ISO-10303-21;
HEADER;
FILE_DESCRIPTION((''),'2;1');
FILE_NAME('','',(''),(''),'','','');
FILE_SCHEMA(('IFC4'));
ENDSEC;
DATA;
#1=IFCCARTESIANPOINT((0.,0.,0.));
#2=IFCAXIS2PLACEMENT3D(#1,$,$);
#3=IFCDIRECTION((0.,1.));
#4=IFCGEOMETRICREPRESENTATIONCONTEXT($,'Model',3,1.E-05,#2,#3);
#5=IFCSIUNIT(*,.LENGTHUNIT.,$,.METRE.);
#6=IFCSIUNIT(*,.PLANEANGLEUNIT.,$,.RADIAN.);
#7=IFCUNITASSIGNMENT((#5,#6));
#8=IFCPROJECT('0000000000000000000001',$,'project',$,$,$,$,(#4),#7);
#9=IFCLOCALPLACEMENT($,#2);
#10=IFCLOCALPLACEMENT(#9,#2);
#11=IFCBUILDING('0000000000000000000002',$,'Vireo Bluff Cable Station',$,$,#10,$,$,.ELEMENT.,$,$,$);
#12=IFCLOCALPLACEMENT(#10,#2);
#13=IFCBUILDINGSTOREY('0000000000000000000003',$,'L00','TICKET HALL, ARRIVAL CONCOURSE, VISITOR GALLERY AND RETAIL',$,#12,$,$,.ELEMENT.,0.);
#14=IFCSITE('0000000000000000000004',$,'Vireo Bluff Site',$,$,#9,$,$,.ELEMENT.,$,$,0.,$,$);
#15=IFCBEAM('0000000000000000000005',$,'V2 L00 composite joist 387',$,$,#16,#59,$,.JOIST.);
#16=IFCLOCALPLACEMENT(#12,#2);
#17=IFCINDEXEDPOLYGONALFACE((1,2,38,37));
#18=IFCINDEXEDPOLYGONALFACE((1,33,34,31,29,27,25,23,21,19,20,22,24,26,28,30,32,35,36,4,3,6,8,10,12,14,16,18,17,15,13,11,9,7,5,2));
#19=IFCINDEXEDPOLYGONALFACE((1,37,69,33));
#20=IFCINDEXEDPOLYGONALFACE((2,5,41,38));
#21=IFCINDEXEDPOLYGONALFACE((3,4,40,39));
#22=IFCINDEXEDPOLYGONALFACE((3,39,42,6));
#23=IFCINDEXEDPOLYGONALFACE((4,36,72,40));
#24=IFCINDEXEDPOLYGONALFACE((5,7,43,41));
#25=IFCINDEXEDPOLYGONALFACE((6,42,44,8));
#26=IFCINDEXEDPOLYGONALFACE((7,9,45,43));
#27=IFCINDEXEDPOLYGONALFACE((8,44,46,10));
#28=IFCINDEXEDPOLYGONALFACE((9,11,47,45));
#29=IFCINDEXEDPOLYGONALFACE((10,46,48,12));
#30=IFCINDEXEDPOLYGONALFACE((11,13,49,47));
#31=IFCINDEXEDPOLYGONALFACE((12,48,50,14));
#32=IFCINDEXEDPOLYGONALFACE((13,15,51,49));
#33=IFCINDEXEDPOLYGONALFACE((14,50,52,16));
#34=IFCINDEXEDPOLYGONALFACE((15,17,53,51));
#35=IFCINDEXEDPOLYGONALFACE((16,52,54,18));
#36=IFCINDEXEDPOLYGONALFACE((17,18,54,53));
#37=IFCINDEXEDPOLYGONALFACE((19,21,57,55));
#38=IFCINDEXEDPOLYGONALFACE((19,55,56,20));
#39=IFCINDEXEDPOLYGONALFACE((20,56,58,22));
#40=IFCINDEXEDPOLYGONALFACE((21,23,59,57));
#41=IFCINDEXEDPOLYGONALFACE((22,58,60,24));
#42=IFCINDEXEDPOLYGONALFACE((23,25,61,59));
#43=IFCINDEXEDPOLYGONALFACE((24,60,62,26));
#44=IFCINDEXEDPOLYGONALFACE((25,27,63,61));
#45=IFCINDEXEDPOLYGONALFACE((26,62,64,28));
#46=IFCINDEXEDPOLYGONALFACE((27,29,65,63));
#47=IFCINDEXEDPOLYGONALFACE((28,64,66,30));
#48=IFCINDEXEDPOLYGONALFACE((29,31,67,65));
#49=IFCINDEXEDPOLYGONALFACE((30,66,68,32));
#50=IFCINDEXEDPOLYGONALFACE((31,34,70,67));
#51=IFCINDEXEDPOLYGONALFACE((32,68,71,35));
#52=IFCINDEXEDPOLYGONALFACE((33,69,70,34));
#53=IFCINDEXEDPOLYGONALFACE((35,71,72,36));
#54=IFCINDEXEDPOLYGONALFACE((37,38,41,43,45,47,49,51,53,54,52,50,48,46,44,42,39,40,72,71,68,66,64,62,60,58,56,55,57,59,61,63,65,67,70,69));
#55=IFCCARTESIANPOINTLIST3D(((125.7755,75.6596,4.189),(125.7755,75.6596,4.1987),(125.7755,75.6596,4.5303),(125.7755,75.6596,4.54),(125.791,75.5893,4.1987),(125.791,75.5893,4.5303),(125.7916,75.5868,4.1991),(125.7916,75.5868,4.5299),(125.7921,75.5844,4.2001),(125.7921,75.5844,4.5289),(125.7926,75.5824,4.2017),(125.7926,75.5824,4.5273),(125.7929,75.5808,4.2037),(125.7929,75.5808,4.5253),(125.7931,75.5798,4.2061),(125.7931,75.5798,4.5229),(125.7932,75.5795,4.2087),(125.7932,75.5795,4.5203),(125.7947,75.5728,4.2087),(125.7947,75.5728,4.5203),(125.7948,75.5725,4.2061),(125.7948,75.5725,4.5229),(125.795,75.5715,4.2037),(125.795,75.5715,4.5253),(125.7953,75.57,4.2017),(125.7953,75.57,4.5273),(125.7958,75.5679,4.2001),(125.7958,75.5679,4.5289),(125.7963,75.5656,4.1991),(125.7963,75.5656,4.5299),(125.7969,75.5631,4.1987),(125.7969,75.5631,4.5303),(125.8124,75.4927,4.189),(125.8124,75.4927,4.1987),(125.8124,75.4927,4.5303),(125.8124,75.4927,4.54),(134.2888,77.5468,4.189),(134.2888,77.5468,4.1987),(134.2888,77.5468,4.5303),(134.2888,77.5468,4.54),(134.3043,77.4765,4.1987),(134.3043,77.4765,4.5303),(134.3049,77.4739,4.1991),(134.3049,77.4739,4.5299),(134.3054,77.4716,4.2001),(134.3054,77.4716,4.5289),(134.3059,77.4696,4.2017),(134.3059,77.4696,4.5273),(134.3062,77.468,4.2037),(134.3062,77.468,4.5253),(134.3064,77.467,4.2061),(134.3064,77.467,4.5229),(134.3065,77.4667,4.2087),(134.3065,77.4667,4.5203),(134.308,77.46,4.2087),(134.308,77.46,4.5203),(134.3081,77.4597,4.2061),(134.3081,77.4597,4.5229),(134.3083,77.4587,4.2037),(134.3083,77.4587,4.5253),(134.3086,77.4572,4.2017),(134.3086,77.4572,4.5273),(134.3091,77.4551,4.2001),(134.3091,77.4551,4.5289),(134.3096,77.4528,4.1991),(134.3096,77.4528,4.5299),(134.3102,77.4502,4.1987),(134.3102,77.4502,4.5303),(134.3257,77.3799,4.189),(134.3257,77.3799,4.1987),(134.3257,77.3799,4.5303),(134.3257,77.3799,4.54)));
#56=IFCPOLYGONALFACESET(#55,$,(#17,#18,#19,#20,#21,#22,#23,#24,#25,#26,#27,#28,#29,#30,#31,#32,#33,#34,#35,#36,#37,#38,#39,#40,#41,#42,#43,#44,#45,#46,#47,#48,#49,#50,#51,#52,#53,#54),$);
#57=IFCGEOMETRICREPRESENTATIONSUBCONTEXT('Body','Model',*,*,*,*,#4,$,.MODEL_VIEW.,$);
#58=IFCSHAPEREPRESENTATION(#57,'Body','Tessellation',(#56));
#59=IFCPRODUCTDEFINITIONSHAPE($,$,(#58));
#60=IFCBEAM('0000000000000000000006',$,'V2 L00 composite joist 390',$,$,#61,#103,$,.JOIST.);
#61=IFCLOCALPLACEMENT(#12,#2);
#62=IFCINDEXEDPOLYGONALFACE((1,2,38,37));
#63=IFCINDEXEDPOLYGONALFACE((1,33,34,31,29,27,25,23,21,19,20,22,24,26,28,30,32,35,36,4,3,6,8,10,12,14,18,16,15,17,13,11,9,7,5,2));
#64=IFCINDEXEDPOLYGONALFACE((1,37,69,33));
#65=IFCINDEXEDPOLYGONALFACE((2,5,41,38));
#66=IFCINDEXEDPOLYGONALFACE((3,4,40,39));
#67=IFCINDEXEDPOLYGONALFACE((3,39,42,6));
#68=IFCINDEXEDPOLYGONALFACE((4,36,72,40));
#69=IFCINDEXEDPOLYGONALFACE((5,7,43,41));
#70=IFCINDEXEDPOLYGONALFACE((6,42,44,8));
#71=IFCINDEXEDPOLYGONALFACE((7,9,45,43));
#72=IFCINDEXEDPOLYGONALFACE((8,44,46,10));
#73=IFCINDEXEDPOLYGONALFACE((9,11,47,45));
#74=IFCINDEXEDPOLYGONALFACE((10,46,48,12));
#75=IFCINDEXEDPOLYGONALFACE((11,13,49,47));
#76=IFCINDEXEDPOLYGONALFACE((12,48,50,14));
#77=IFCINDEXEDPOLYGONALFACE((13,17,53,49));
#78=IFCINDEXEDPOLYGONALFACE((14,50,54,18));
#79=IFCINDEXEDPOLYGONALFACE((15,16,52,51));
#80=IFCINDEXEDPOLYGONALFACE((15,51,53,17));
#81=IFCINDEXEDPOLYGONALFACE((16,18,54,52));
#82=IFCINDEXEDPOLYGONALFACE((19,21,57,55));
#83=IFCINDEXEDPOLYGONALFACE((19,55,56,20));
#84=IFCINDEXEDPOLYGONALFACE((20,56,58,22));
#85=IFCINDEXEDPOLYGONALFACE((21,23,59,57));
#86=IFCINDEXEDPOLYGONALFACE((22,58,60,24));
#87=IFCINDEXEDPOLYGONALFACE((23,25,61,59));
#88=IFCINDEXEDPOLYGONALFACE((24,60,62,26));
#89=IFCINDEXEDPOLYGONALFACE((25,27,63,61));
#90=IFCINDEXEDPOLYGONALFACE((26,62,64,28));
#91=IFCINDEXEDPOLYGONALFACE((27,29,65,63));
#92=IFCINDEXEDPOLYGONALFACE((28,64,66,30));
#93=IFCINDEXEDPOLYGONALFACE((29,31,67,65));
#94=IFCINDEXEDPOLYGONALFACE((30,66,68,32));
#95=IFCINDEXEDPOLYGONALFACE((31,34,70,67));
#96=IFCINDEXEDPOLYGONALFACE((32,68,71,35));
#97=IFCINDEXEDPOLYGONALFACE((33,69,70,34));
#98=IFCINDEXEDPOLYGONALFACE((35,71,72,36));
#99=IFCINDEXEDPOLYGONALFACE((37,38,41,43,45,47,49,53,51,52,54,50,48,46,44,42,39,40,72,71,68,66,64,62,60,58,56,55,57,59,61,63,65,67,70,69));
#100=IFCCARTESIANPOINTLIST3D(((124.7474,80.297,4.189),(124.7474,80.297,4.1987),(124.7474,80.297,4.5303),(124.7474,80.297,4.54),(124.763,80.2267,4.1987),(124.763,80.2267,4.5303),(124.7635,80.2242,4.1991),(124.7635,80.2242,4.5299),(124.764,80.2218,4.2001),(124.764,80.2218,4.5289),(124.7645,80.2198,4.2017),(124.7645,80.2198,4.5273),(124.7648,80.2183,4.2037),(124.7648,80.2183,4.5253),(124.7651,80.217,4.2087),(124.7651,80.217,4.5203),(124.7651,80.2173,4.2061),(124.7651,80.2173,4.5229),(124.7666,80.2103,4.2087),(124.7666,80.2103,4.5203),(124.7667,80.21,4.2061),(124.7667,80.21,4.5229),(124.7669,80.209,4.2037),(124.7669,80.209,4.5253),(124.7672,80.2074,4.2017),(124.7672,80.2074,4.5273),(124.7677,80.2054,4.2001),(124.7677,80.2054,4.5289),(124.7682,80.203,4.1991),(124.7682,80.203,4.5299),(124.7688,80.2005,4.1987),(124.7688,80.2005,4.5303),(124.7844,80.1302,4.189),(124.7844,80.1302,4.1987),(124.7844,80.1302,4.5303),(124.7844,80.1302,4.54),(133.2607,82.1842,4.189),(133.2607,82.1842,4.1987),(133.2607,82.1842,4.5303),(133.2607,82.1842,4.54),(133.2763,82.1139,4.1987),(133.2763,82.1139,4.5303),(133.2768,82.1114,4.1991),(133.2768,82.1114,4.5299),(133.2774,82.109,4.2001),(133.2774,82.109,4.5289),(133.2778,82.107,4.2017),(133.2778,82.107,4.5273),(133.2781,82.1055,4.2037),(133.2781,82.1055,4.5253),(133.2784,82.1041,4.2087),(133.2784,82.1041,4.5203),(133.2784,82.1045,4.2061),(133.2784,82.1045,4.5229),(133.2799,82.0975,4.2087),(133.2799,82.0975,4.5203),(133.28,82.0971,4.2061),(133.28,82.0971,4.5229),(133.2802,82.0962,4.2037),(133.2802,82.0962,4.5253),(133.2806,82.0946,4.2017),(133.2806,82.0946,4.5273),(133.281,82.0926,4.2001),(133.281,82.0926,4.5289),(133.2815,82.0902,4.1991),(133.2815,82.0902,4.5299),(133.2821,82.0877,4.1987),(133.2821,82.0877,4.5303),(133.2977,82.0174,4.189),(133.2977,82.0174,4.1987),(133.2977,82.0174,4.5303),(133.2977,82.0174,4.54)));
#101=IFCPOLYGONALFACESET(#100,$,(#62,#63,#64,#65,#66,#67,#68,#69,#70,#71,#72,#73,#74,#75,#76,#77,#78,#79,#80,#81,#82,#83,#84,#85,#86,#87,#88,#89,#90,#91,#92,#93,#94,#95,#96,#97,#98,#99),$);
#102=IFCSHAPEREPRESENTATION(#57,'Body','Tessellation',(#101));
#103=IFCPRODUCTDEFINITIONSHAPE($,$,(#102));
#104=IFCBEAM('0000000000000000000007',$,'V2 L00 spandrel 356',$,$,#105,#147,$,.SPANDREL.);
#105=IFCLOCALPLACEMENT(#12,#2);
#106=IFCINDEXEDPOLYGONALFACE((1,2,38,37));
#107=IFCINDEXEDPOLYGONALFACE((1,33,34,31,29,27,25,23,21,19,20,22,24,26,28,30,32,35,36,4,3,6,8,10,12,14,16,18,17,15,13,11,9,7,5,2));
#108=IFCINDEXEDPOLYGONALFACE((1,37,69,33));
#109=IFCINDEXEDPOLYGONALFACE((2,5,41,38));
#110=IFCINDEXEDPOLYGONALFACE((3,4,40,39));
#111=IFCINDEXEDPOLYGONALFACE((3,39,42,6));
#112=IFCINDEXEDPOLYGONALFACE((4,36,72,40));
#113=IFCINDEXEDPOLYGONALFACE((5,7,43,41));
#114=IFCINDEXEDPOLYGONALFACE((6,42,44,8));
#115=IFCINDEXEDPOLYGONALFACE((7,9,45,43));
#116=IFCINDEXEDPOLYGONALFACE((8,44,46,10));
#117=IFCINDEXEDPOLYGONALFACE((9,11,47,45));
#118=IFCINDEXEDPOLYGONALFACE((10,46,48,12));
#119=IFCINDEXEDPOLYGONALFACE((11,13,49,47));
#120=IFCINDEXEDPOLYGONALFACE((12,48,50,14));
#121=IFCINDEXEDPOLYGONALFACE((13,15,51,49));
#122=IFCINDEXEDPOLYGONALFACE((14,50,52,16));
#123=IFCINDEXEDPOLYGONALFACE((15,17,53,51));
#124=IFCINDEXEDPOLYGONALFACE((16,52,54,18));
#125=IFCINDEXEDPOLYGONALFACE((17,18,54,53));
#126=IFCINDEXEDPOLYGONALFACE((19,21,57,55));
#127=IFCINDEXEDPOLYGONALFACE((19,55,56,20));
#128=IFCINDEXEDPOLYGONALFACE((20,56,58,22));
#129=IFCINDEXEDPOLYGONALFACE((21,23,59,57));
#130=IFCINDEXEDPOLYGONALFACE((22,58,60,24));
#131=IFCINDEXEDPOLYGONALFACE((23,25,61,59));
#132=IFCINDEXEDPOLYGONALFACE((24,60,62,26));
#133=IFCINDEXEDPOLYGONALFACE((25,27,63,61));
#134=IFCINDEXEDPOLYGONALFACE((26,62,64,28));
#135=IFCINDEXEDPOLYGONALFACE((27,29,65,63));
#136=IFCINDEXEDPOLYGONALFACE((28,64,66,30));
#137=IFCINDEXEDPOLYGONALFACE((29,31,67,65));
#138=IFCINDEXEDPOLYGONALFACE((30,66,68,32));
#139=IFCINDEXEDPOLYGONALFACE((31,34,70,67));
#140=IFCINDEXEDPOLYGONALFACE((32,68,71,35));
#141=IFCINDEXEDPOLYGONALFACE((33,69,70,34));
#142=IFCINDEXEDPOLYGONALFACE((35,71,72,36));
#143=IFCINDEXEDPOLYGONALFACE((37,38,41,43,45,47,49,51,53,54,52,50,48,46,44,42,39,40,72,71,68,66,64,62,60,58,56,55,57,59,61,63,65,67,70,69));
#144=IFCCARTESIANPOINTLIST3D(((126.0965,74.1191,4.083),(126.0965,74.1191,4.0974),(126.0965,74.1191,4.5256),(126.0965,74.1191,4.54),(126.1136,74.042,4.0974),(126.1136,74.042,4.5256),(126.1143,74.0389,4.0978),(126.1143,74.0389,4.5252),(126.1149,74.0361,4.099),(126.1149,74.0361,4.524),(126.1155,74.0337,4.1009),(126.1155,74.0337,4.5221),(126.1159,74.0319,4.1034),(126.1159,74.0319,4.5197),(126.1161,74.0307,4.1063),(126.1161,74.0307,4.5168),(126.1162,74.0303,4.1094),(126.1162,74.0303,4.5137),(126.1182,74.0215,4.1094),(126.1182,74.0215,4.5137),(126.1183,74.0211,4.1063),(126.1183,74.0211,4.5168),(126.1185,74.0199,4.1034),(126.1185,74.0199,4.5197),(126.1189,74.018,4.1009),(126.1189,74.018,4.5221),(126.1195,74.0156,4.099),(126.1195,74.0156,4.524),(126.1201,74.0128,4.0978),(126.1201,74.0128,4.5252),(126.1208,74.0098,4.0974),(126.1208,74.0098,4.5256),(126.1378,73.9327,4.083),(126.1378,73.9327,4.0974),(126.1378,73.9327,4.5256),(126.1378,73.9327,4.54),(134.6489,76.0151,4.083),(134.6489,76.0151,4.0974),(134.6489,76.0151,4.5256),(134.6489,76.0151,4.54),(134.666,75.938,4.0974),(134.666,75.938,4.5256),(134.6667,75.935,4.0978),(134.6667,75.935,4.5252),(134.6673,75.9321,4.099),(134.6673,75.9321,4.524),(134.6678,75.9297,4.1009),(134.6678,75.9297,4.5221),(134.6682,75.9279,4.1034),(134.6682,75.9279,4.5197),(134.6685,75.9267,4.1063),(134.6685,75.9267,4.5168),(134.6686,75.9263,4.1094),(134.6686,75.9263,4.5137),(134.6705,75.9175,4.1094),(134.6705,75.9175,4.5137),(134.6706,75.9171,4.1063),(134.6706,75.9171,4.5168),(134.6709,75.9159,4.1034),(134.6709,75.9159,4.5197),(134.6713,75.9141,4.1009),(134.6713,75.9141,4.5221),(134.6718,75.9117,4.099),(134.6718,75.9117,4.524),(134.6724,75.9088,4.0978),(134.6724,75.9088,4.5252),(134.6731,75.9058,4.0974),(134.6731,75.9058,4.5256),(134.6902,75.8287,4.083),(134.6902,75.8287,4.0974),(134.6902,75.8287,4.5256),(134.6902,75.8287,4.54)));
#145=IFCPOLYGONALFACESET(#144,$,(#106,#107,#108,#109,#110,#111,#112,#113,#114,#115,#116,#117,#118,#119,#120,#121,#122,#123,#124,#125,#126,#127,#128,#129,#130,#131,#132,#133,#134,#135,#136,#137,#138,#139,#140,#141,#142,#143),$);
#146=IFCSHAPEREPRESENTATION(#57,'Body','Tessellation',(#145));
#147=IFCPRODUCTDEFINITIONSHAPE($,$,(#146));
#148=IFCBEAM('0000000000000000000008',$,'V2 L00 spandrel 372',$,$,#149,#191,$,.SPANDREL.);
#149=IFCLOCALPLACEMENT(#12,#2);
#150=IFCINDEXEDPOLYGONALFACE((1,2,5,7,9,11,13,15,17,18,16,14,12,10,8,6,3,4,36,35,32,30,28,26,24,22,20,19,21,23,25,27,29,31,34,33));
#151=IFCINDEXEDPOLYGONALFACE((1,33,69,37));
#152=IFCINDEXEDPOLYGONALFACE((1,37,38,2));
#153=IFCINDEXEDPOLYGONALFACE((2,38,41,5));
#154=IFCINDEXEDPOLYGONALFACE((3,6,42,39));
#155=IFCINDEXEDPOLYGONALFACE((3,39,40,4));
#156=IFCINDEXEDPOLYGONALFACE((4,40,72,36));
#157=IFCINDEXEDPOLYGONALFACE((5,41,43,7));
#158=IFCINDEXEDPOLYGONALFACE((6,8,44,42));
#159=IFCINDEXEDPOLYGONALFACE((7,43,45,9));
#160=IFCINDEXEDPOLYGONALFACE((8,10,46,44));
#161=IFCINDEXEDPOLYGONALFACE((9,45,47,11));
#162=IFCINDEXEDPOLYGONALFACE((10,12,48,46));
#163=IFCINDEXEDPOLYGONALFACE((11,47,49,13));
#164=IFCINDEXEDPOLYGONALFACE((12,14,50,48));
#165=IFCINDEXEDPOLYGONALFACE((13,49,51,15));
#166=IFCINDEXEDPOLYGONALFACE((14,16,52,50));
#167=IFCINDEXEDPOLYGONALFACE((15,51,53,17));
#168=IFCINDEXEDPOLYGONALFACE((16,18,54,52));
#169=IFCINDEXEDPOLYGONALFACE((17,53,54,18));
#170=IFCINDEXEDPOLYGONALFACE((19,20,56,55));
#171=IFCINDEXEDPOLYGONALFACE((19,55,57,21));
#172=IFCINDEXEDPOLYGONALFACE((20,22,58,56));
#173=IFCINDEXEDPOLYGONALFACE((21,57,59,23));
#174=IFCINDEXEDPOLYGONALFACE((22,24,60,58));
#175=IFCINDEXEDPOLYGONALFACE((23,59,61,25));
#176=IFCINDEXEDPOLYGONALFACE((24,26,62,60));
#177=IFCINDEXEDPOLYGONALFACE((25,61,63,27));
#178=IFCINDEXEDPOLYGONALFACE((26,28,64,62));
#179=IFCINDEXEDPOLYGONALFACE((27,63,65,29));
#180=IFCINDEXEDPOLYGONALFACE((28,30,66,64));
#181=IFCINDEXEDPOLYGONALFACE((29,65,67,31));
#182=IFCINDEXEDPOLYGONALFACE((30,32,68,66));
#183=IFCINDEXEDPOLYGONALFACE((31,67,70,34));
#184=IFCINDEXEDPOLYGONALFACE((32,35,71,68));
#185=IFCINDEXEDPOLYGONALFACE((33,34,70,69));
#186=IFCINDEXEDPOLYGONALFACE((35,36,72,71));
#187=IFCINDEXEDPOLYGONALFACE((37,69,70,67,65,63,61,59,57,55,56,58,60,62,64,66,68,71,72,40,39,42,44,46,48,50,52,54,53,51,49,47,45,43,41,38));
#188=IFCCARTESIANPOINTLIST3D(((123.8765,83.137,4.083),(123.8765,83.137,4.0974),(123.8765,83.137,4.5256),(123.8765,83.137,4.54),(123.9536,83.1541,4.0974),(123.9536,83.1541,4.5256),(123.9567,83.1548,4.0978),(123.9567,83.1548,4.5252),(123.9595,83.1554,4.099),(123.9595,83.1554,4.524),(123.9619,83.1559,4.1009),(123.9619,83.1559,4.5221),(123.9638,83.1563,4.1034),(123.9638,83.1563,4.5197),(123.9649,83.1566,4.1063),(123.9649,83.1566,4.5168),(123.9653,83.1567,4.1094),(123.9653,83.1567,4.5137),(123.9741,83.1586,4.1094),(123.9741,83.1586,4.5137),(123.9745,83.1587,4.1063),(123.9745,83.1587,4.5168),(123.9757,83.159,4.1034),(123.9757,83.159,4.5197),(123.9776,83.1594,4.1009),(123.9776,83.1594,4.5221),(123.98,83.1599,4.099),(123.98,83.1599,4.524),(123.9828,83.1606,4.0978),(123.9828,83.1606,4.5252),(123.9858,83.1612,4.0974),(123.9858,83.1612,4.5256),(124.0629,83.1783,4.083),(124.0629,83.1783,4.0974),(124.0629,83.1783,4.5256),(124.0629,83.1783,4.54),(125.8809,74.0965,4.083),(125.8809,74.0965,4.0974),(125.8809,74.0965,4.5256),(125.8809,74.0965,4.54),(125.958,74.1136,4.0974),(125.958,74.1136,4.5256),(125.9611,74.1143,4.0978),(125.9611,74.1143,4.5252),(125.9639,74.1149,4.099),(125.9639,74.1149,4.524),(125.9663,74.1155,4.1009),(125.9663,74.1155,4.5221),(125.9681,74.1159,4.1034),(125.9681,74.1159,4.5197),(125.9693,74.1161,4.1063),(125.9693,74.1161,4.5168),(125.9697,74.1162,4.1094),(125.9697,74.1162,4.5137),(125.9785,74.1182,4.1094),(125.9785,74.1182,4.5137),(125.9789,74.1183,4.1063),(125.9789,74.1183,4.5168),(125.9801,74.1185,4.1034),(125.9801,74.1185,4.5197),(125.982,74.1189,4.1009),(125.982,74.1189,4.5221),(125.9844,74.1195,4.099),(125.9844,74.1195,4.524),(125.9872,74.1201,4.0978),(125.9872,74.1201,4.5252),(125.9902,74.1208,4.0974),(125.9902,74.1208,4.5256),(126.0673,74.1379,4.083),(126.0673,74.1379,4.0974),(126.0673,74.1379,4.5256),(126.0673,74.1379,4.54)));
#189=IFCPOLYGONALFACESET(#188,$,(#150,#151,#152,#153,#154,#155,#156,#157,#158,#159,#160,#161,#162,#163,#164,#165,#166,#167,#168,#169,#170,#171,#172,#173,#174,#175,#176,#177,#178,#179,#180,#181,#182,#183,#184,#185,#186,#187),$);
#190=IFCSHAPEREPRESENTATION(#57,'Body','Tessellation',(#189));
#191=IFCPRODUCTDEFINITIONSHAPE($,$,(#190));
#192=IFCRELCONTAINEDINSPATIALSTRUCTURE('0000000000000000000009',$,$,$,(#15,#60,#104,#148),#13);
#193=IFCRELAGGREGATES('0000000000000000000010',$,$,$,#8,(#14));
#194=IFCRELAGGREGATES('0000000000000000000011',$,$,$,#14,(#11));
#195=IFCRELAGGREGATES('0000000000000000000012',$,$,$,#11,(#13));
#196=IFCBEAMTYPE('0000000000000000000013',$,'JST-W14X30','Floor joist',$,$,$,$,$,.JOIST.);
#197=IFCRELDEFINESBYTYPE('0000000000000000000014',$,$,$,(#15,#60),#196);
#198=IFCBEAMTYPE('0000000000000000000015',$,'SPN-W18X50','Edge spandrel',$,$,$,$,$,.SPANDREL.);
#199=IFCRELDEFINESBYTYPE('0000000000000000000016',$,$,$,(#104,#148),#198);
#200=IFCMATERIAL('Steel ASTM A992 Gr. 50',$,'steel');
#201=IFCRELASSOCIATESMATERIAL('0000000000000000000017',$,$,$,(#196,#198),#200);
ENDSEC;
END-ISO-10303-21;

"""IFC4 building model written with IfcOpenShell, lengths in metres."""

from ifc_helpers import new_model, si_unit, direction, frame, origin, origin_2d, place, context, subcontext, project, spatial, i_section, extrude, material, material_profile, profile_set, type_object, element, save


model = new_model("IFC4")

# Units and contexts
model_context = context("Model", 3, precision=1e-05, world=origin(), true_north=direction((0.0, 1.0)))
body_context = subcontext(model_context, "Body", "Model", "MODEL_VIEW")
ifc_project = project(units=[si_unit("LENGTHUNIT", "METRE"), si_unit("PLANEANGLEUNIT", "RADIAN")], contexts=[model_context])

# Site, building, storey
site_placement = place(None, origin())
site = spatial("IfcSite", under=ifc_project, at=site_placement, Name="Vireo Bluff Site", CompositionType="ELEMENT", RefElevation=0.0)
building_placement = place(site_placement, origin())
building = spatial("IfcBuilding", under=site, at=building_placement, Name="Vireo Bluff Cable Station", CompositionType="ELEMENT")
storey_placement = place(building_placement, origin())
storey = spatial("IfcBuildingStorey", under=building, at=storey_placement, Name="L00", Description="TICKET HALL, ARRIVAL CONCOURSE, VISITOR GALLERY AND RETAIL", CompositionType="ELEMENT", Elevation=0.0)

# Shared definitions
ifc_material_1 = material(Name="Steel ASTM A992 Gr. 50", Category="steel")

# Beams
ifc_material_profile_1 = material_profile(ifc_material_1, i_section(OverallWidth=0.1709, OverallDepth=0.3511, WebThickness=0.0068, FlangeThickness=0.0098, FilletRadius=0.01, at=origin_2d()), Name="W14X30")
ifc_profile_set_1 = profile_set([ifc_material_profile_1], Name="Steel ASTM A992 Gr. 50")
beam_type_1 = type_object("IfcBeamType", Name="JST-W14X30", Description="Floor joist", PredefinedType="JOIST", material=ifc_profile_set_1)
for number, where, z_axis, x_axis, name in (
    (1, (125.7939, 75.5762, 4.3645), (0.9763, 0.216421, 0.0), (-0.216421, 0.9763, 0.0), "V2 L00 composite joist 387"),
    (2, (124.7659, 80.2136, 4.3645), (0.9763, 0.216421, 0.0), (-0.216421, 0.9763, 0.0), "V2 L00 composite joist 390"),
):
    element("IfcBeam", number, at=place(storey_placement, frame(where, z_axis=z_axis, x_axis=x_axis)), inside=storey, type_object=beam_type_1, Name=name, PredefinedType="JOIST", context=body_context, shape_type="SweptSolid", body=[
        extrude(i_section(OverallWidth=0.1709, OverallDepth=0.3511, WebThickness=0.0068, FlangeThickness=0.0098, FilletRadius=0.01, at=origin_2d()), origin(), (0.0, 0.0, 1.0), 8.72),
    ])
ifc_material_profile_2 = material_profile(ifc_material_1, i_section(OverallWidth=0.1909, OverallDepth=0.457, WebThickness=0.009, FlangeThickness=0.0144, FilletRadius=0.012, at=origin_2d()), Name="W18X50")
ifc_profile_set_2 = profile_set([ifc_material_profile_2], Name="Steel ASTM A992 Gr. 50")
beam_type_2 = type_object("IfcBeamType", Name="SPN-W18X50", Description="Edge spandrel", PredefinedType="SPANDREL", material=ifc_profile_set_2)
beam_1_placement = place(storey_placement, frame((126.1172, 74.0259, 4.3115), z_axis=(0.976296, 0.216441, 0.0), x_axis=(-0.216441, 0.976296, 0.0)))
element("IfcBeam", 3, at=beam_1_placement, inside=storey, type_object=beam_type_2, Name="V2 L00 spandrel 356", PredefinedType="SPANDREL", context=body_context, shape_type="SweptSolid", body=[
    extrude(i_section(OverallWidth=0.1909, OverallDepth=0.457, WebThickness=0.009, FlangeThickness=0.0144, FilletRadius=0.012, at=origin_2d()), origin(), (0.0, 0.0, 1.0), 8.76),
])
beam_2_placement = place(storey_placement, frame((125.9741, 74.1172, 4.3115), z_axis=(-0.216456, 0.976292, 0.0), x_axis=(-0.976292, -0.216456, 0.0)))
element("IfcBeam", 4, at=beam_2_placement, inside=storey, type_object=beam_type_2, Name="V2 L00 spandrel 372", PredefinedType="SPANDREL", context=body_context, shape_type="SweptSolid", body=[
    extrude(i_section(OverallWidth=0.1909, OverallDepth=0.457, WebThickness=0.009, FlangeThickness=0.0144, FilletRadius=0.012, at=origin_2d()), origin(), (0.0, 0.0, 1.0), 9.26),
])

save(model, "model.ifc")
